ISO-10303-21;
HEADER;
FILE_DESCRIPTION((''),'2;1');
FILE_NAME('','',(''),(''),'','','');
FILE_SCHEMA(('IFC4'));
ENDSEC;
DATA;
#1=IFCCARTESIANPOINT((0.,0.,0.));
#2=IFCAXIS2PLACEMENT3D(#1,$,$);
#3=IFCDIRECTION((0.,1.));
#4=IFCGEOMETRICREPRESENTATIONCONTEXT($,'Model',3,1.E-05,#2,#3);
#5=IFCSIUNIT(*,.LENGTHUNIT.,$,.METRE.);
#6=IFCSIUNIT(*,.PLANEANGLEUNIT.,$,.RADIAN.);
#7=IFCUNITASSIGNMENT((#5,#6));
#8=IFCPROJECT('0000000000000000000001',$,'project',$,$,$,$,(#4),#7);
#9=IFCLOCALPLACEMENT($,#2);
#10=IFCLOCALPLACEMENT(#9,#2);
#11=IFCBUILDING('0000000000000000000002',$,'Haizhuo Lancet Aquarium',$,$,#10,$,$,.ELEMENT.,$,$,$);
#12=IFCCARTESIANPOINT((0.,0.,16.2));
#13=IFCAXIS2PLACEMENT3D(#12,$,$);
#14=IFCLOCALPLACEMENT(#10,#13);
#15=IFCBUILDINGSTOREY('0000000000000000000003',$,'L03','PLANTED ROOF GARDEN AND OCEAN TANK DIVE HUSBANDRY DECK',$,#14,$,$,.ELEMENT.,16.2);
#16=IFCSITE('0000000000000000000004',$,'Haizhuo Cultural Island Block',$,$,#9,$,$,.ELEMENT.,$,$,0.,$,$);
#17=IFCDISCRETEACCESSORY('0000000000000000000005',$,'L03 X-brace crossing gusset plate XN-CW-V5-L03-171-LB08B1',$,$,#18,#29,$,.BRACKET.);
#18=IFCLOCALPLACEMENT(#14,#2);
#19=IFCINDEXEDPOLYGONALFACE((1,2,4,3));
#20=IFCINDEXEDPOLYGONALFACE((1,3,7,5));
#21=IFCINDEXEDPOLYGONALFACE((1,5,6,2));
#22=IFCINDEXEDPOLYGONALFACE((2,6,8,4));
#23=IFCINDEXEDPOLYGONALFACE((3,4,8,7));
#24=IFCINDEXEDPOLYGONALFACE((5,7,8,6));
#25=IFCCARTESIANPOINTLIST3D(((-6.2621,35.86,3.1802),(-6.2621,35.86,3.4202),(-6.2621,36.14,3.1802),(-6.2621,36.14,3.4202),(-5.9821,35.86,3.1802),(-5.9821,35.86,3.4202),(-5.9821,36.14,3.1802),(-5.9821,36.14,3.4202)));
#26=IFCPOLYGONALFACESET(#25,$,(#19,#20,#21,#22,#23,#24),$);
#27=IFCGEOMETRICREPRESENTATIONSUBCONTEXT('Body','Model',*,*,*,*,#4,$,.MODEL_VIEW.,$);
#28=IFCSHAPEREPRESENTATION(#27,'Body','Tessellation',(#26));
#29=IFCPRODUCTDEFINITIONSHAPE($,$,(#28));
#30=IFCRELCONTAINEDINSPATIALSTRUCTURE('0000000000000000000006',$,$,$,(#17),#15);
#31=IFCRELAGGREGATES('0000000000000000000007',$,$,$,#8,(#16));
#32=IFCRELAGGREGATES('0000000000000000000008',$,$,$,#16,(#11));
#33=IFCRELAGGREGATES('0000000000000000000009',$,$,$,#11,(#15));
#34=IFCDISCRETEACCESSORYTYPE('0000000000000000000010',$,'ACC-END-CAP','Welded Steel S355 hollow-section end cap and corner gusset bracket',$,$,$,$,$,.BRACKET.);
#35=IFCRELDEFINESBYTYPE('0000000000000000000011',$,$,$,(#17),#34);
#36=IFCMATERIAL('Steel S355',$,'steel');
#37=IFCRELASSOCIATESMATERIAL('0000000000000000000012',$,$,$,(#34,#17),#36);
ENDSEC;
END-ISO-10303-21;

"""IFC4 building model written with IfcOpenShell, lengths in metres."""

from ifc_helpers import new_model, si_unit, direction, frame, origin, origin_2d, place, context, subcontext, project, spatial, rectangle, extrude, material, type_object, element, save


model = new_model("IFC4")

# Units and contexts
model_context = context("Model", 3, precision=1e-05, world=origin(), true_north=direction((0.0, 1.0)))
body_context = subcontext(model_context, "Body", "Model", "MODEL_VIEW")
ifc_project = project(units=[si_unit("LENGTHUNIT", "METRE"), si_unit("PLANEANGLEUNIT", "RADIAN")], contexts=[model_context])

# Site, building, storey
site_placement = place(None, origin())
site = spatial("IfcSite", under=ifc_project, at=site_placement, Name="Haizhuo Cultural Island Block", CompositionType="ELEMENT", RefElevation=0.0)
building_placement = place(site_placement, origin())
building = spatial("IfcBuilding", under=site, at=building_placement, Name="Haizhuo Lancet Aquarium", CompositionType="ELEMENT")
storey_placement = place(building_placement, frame((0.0, 0.0, 16.2)))
storey = spatial("IfcBuildingStorey", under=building, at=storey_placement, Name="L03", Description="PLANTED ROOF GARDEN AND OCEAN TANK DIVE HUSBANDRY DECK", CompositionType="ELEMENT", Elevation=16.2)

# Shared definitions
ifc_material_1 = material(Name="Steel S355", Category="steel")

# Discrete accessory
discrete_accessory_type = type_object("IfcDiscreteAccessoryType", Name="ACC-END-CAP", Description="Welded Steel S355 hollow-section end cap and corner gusset bracket", PredefinedType="BRACKET", material=ifc_material_1)
for number, where, z_axis, x_axis, name in (
    (1, (-6.1221, 36.0, 3.1802), (0.0, 0.0, 1.0), (1.0, 0.0, 0.0), "L03 X-brace crossing gusset plate XN-CW-V5-L03-171-LB08B1"),
):
    element("IfcDiscreteAccessory", number, at=place(storey_placement, frame(where, z_axis=z_axis, x_axis=x_axis)), inside=storey, type_object=discrete_accessory_type, material=ifc_material_1, Name=name, PredefinedType="BRACKET", context=body_context, shape_type="SweptSolid", body=[
        extrude(rectangle(XDim=0.28, YDim=0.28, at=origin_2d()), origin(), (0.0, 0.0, 1.0), 0.24),
    ])

save(model, "model.ifc")
